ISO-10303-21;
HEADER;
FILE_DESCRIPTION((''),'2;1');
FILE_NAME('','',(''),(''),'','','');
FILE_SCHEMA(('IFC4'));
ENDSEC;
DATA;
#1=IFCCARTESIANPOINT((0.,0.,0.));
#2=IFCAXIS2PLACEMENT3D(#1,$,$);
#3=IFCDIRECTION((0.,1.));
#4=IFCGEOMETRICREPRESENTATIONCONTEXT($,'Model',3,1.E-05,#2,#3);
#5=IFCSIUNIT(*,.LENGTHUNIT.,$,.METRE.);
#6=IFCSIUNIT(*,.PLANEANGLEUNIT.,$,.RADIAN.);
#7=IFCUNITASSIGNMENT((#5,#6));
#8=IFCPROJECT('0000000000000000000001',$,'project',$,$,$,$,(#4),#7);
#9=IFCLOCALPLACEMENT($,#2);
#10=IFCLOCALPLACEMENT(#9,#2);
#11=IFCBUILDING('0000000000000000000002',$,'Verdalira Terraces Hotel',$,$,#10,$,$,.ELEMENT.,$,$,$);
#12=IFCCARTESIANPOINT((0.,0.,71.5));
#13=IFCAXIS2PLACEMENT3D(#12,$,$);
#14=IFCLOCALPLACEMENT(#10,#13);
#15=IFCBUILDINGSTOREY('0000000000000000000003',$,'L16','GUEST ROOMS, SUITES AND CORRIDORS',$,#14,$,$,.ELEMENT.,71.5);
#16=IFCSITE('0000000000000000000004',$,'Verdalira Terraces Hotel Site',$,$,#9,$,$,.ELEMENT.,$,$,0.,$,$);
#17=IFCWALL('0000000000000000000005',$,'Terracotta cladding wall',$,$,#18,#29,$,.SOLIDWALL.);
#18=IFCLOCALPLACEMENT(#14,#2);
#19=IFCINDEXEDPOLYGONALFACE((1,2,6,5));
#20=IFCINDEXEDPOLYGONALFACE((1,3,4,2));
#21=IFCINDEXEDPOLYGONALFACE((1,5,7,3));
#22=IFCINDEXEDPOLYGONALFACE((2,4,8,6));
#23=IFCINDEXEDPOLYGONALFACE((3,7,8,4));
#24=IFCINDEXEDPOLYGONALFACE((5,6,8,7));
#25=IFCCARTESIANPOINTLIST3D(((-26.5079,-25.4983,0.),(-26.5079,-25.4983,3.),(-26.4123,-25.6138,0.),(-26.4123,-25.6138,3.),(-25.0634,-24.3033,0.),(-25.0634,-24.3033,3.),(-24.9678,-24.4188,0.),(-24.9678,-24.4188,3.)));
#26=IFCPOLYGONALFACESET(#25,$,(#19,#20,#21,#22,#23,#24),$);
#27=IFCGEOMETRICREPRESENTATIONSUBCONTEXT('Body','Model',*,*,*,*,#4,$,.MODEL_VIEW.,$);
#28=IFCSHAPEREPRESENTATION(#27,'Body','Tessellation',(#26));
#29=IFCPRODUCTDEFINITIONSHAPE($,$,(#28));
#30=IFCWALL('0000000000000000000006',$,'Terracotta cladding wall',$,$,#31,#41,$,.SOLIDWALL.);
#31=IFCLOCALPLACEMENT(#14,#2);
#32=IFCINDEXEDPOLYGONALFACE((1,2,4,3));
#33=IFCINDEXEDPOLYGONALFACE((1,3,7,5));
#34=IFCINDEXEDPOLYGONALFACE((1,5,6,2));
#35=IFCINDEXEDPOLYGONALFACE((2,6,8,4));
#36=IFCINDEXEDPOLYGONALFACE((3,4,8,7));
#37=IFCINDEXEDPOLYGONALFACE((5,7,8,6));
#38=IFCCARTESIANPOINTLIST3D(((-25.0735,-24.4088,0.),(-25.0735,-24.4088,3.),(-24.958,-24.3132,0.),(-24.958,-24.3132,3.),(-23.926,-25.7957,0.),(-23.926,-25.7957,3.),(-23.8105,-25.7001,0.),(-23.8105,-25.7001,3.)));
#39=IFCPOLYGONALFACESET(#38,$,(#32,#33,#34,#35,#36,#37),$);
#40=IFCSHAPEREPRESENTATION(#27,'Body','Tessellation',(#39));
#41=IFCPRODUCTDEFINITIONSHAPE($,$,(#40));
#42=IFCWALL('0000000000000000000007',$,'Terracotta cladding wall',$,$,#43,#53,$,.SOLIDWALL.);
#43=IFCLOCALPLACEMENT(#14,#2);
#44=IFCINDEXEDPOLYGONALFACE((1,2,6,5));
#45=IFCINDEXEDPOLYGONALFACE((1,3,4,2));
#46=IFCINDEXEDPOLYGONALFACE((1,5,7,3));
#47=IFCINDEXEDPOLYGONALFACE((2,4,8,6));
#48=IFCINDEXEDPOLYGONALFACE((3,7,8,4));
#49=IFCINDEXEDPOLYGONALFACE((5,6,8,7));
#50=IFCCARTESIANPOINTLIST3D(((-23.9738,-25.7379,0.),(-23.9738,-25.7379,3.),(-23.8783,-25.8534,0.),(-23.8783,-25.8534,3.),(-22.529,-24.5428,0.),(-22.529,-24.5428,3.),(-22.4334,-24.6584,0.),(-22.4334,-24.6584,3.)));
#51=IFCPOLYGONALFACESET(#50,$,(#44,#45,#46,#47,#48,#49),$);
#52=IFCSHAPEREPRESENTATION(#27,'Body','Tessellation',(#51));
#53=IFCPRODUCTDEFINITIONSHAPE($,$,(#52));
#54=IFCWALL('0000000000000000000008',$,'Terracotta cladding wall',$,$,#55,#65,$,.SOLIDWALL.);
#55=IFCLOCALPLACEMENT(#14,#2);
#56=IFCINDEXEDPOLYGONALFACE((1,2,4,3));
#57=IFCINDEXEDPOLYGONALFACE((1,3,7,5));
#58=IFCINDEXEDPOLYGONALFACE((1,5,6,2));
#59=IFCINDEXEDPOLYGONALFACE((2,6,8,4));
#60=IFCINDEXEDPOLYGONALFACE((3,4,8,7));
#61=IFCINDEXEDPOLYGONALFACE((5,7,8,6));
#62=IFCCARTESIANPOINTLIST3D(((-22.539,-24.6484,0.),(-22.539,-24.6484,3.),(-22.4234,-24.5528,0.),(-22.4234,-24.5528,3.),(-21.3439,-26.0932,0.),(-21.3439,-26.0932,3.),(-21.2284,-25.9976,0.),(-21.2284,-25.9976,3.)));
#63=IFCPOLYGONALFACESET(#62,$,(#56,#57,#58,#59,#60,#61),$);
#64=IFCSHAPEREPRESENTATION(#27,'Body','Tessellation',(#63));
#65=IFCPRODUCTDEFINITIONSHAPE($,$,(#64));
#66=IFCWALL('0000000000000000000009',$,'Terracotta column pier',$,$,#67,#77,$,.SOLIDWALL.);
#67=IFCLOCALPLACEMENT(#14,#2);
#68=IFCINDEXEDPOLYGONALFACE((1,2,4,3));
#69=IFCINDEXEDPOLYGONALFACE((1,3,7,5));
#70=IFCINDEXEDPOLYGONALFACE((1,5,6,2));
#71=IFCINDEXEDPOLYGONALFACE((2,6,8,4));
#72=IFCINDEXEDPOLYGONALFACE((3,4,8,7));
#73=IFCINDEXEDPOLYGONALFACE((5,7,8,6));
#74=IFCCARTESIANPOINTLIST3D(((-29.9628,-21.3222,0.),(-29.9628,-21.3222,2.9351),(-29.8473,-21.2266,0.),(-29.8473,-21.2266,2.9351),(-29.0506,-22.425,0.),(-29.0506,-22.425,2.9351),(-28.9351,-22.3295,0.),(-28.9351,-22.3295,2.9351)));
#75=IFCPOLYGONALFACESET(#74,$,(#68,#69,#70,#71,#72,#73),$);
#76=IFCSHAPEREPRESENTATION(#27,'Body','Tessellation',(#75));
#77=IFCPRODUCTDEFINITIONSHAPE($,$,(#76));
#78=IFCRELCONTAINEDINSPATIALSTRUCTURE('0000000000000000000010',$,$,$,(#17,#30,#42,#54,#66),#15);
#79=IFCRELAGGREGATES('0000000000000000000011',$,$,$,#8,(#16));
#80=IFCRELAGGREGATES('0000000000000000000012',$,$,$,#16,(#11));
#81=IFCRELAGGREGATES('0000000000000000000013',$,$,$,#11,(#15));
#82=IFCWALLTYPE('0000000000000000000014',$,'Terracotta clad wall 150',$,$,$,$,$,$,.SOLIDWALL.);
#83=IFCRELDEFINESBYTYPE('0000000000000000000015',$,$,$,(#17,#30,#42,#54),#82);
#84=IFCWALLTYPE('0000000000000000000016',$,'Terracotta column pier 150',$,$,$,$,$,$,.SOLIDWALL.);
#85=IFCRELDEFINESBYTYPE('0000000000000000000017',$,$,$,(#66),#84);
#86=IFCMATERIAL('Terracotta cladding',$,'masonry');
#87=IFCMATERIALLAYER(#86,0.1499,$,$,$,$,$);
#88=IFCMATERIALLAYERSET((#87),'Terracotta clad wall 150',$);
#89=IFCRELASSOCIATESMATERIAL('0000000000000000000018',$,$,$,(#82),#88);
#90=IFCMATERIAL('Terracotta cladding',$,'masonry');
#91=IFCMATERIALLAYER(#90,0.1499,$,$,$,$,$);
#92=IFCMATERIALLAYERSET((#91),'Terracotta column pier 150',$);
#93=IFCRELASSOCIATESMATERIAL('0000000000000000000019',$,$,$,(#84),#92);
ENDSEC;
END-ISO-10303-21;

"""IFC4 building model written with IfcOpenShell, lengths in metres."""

from ifc_helpers import new_model, si_unit, direction, frame, frame_2d, origin, place, context, subcontext, project, spatial, rectangle, extrude, material, layer, layer_set, type_object, element, save


model = new_model("IFC4")

# Units and contexts
model_context = context("Model", 3, precision=1e-05, world=origin(), true_north=direction((0.0, 1.0)))
body_context = subcontext(model_context, "Body", "Model", "MODEL_VIEW")
ifc_project = project(units=[si_unit("LENGTHUNIT", "METRE"), si_unit("PLANEANGLEUNIT", "RADIAN")], contexts=[model_context])

# Site, building, storey
site_placement = place(None, origin())
site = spatial("IfcSite", under=ifc_project, at=site_placement, Name="Verdalira Terraces Hotel Site", CompositionType="ELEMENT", RefElevation=0.0)
building_placement = place(site_placement, origin())
building = spatial("IfcBuilding", under=site, at=building_placement, Name="Verdalira Terraces Hotel", CompositionType="ELEMENT")
storey_placement = place(building_placement, frame((0.0, 0.0, 71.5)))
storey = spatial("IfcBuildingStorey", under=building, at=storey_placement, Name="L16", Description="GUEST ROOMS, SUITES AND CORRIDORS", CompositionType="ELEMENT", Elevation=71.5)

# Walls
ifc_material_1 = material(Name="Terracotta cladding", Category="masonry")
ifc_layer_1 = layer(ifc_material_1, 0.1499)
ifc_layer_set_1 = layer_set([ifc_layer_1], Name="Terracotta clad wall 150")
wall_type_1 = type_object("IfcWallType", Name="Terracotta clad wall 150", PredefinedType="SOLIDWALL", material=ifc_layer_set_1)
wall_1_placement = place(storey_placement, frame((-26.4602, -25.5562, 0.0), z_axis=(0.0, 0.0, 1.0), x_axis=(0.770511, 0.637426, 0.0)))
element("IfcWall", 1, at=wall_1_placement, inside=storey, type_object=wall_type_1, Name="Terracotta cladding wall", PredefinedType="SOLIDWALL", context=body_context, shape_type="SweptSolid", body=[
    extrude(rectangle(XDim=1.8748, YDim=0.1499, at=frame_2d((0.9375, 0.0))), origin(), (0.0, 0.0, 1.0), 3.0),
])
wall_2_placement = place(storey_placement, frame((-25.0156, -24.3611, 0.0), z_axis=(0.0, 0.0, 1.0), x_axis=(0.637446, -0.770495, 0.0)))
element("IfcWall", 2, at=wall_2_placement, inside=storey, type_object=wall_type_1, Name="Terracotta cladding wall", PredefinedType="SOLIDWALL", context=body_context, shape_type="SweptSolid", body=[
    extrude(rectangle(XDim=1.8, YDim=0.1499, at=frame_2d((0.8999, 0.0))), origin(), (0.0, 0.0, 1.0), 3.0),
])
for number, where, z_axis, x_axis, name in (
    (3, (-23.926, -25.7957, 0.0), (0.0, 0.0, 1.0), (0.770564, 0.637363, 0.0), "Terracotta cladding wall"),
    (4, (-22.4812, -24.6006, 0.0), (0.0, 0.0, 1.0), (0.637363, -0.770564, 0.0), "Terracotta cladding wall"),
):
    element("IfcWall", number, at=place(storey_placement, frame(where, z_axis=z_axis, x_axis=x_axis)), inside=storey, type_object=wall_type_1, Name=name, PredefinedType="SOLIDWALL", context=body_context, shape_type="SweptSolid", body=[
        extrude(rectangle(XDim=1.875, YDim=0.1499, at=frame_2d((0.9375, 0.0))), origin(), (0.0, 0.0, 1.0), 3.0),
    ])
ifc_material_2 = material(Name="Terracotta cladding", Category="masonry")
ifc_layer_2 = layer(ifc_material_2, 0.1499)
ifc_layer_set_2 = layer_set([ifc_layer_2], Name="Terracotta column pier 150")
wall_type_2 = type_object("IfcWallType", Name="Terracotta column pier 150", PredefinedType="SOLIDWALL", material=ifc_layer_set_2)
wall_3_placement = place(storey_placement, frame((-29.905, -21.2744, 0.0), z_axis=(0.0, 0.0, 1.0), x_axis=(0.637344, -0.770579, 0.0)))
element("IfcWall", 5, at=wall_3_placement, inside=storey, type_object=wall_type_2, Name="Terracotta column pier", PredefinedType="SOLIDWALL", context=body_context, shape_type="SweptSolid", body=[
    extrude(rectangle(XDim=1.4312, YDim=0.1499, at=frame_2d((0.7156, 0.0))), origin(), (0.0, 0.0, 1.0), 2.9351),
])

save(model, "model.ifc")
